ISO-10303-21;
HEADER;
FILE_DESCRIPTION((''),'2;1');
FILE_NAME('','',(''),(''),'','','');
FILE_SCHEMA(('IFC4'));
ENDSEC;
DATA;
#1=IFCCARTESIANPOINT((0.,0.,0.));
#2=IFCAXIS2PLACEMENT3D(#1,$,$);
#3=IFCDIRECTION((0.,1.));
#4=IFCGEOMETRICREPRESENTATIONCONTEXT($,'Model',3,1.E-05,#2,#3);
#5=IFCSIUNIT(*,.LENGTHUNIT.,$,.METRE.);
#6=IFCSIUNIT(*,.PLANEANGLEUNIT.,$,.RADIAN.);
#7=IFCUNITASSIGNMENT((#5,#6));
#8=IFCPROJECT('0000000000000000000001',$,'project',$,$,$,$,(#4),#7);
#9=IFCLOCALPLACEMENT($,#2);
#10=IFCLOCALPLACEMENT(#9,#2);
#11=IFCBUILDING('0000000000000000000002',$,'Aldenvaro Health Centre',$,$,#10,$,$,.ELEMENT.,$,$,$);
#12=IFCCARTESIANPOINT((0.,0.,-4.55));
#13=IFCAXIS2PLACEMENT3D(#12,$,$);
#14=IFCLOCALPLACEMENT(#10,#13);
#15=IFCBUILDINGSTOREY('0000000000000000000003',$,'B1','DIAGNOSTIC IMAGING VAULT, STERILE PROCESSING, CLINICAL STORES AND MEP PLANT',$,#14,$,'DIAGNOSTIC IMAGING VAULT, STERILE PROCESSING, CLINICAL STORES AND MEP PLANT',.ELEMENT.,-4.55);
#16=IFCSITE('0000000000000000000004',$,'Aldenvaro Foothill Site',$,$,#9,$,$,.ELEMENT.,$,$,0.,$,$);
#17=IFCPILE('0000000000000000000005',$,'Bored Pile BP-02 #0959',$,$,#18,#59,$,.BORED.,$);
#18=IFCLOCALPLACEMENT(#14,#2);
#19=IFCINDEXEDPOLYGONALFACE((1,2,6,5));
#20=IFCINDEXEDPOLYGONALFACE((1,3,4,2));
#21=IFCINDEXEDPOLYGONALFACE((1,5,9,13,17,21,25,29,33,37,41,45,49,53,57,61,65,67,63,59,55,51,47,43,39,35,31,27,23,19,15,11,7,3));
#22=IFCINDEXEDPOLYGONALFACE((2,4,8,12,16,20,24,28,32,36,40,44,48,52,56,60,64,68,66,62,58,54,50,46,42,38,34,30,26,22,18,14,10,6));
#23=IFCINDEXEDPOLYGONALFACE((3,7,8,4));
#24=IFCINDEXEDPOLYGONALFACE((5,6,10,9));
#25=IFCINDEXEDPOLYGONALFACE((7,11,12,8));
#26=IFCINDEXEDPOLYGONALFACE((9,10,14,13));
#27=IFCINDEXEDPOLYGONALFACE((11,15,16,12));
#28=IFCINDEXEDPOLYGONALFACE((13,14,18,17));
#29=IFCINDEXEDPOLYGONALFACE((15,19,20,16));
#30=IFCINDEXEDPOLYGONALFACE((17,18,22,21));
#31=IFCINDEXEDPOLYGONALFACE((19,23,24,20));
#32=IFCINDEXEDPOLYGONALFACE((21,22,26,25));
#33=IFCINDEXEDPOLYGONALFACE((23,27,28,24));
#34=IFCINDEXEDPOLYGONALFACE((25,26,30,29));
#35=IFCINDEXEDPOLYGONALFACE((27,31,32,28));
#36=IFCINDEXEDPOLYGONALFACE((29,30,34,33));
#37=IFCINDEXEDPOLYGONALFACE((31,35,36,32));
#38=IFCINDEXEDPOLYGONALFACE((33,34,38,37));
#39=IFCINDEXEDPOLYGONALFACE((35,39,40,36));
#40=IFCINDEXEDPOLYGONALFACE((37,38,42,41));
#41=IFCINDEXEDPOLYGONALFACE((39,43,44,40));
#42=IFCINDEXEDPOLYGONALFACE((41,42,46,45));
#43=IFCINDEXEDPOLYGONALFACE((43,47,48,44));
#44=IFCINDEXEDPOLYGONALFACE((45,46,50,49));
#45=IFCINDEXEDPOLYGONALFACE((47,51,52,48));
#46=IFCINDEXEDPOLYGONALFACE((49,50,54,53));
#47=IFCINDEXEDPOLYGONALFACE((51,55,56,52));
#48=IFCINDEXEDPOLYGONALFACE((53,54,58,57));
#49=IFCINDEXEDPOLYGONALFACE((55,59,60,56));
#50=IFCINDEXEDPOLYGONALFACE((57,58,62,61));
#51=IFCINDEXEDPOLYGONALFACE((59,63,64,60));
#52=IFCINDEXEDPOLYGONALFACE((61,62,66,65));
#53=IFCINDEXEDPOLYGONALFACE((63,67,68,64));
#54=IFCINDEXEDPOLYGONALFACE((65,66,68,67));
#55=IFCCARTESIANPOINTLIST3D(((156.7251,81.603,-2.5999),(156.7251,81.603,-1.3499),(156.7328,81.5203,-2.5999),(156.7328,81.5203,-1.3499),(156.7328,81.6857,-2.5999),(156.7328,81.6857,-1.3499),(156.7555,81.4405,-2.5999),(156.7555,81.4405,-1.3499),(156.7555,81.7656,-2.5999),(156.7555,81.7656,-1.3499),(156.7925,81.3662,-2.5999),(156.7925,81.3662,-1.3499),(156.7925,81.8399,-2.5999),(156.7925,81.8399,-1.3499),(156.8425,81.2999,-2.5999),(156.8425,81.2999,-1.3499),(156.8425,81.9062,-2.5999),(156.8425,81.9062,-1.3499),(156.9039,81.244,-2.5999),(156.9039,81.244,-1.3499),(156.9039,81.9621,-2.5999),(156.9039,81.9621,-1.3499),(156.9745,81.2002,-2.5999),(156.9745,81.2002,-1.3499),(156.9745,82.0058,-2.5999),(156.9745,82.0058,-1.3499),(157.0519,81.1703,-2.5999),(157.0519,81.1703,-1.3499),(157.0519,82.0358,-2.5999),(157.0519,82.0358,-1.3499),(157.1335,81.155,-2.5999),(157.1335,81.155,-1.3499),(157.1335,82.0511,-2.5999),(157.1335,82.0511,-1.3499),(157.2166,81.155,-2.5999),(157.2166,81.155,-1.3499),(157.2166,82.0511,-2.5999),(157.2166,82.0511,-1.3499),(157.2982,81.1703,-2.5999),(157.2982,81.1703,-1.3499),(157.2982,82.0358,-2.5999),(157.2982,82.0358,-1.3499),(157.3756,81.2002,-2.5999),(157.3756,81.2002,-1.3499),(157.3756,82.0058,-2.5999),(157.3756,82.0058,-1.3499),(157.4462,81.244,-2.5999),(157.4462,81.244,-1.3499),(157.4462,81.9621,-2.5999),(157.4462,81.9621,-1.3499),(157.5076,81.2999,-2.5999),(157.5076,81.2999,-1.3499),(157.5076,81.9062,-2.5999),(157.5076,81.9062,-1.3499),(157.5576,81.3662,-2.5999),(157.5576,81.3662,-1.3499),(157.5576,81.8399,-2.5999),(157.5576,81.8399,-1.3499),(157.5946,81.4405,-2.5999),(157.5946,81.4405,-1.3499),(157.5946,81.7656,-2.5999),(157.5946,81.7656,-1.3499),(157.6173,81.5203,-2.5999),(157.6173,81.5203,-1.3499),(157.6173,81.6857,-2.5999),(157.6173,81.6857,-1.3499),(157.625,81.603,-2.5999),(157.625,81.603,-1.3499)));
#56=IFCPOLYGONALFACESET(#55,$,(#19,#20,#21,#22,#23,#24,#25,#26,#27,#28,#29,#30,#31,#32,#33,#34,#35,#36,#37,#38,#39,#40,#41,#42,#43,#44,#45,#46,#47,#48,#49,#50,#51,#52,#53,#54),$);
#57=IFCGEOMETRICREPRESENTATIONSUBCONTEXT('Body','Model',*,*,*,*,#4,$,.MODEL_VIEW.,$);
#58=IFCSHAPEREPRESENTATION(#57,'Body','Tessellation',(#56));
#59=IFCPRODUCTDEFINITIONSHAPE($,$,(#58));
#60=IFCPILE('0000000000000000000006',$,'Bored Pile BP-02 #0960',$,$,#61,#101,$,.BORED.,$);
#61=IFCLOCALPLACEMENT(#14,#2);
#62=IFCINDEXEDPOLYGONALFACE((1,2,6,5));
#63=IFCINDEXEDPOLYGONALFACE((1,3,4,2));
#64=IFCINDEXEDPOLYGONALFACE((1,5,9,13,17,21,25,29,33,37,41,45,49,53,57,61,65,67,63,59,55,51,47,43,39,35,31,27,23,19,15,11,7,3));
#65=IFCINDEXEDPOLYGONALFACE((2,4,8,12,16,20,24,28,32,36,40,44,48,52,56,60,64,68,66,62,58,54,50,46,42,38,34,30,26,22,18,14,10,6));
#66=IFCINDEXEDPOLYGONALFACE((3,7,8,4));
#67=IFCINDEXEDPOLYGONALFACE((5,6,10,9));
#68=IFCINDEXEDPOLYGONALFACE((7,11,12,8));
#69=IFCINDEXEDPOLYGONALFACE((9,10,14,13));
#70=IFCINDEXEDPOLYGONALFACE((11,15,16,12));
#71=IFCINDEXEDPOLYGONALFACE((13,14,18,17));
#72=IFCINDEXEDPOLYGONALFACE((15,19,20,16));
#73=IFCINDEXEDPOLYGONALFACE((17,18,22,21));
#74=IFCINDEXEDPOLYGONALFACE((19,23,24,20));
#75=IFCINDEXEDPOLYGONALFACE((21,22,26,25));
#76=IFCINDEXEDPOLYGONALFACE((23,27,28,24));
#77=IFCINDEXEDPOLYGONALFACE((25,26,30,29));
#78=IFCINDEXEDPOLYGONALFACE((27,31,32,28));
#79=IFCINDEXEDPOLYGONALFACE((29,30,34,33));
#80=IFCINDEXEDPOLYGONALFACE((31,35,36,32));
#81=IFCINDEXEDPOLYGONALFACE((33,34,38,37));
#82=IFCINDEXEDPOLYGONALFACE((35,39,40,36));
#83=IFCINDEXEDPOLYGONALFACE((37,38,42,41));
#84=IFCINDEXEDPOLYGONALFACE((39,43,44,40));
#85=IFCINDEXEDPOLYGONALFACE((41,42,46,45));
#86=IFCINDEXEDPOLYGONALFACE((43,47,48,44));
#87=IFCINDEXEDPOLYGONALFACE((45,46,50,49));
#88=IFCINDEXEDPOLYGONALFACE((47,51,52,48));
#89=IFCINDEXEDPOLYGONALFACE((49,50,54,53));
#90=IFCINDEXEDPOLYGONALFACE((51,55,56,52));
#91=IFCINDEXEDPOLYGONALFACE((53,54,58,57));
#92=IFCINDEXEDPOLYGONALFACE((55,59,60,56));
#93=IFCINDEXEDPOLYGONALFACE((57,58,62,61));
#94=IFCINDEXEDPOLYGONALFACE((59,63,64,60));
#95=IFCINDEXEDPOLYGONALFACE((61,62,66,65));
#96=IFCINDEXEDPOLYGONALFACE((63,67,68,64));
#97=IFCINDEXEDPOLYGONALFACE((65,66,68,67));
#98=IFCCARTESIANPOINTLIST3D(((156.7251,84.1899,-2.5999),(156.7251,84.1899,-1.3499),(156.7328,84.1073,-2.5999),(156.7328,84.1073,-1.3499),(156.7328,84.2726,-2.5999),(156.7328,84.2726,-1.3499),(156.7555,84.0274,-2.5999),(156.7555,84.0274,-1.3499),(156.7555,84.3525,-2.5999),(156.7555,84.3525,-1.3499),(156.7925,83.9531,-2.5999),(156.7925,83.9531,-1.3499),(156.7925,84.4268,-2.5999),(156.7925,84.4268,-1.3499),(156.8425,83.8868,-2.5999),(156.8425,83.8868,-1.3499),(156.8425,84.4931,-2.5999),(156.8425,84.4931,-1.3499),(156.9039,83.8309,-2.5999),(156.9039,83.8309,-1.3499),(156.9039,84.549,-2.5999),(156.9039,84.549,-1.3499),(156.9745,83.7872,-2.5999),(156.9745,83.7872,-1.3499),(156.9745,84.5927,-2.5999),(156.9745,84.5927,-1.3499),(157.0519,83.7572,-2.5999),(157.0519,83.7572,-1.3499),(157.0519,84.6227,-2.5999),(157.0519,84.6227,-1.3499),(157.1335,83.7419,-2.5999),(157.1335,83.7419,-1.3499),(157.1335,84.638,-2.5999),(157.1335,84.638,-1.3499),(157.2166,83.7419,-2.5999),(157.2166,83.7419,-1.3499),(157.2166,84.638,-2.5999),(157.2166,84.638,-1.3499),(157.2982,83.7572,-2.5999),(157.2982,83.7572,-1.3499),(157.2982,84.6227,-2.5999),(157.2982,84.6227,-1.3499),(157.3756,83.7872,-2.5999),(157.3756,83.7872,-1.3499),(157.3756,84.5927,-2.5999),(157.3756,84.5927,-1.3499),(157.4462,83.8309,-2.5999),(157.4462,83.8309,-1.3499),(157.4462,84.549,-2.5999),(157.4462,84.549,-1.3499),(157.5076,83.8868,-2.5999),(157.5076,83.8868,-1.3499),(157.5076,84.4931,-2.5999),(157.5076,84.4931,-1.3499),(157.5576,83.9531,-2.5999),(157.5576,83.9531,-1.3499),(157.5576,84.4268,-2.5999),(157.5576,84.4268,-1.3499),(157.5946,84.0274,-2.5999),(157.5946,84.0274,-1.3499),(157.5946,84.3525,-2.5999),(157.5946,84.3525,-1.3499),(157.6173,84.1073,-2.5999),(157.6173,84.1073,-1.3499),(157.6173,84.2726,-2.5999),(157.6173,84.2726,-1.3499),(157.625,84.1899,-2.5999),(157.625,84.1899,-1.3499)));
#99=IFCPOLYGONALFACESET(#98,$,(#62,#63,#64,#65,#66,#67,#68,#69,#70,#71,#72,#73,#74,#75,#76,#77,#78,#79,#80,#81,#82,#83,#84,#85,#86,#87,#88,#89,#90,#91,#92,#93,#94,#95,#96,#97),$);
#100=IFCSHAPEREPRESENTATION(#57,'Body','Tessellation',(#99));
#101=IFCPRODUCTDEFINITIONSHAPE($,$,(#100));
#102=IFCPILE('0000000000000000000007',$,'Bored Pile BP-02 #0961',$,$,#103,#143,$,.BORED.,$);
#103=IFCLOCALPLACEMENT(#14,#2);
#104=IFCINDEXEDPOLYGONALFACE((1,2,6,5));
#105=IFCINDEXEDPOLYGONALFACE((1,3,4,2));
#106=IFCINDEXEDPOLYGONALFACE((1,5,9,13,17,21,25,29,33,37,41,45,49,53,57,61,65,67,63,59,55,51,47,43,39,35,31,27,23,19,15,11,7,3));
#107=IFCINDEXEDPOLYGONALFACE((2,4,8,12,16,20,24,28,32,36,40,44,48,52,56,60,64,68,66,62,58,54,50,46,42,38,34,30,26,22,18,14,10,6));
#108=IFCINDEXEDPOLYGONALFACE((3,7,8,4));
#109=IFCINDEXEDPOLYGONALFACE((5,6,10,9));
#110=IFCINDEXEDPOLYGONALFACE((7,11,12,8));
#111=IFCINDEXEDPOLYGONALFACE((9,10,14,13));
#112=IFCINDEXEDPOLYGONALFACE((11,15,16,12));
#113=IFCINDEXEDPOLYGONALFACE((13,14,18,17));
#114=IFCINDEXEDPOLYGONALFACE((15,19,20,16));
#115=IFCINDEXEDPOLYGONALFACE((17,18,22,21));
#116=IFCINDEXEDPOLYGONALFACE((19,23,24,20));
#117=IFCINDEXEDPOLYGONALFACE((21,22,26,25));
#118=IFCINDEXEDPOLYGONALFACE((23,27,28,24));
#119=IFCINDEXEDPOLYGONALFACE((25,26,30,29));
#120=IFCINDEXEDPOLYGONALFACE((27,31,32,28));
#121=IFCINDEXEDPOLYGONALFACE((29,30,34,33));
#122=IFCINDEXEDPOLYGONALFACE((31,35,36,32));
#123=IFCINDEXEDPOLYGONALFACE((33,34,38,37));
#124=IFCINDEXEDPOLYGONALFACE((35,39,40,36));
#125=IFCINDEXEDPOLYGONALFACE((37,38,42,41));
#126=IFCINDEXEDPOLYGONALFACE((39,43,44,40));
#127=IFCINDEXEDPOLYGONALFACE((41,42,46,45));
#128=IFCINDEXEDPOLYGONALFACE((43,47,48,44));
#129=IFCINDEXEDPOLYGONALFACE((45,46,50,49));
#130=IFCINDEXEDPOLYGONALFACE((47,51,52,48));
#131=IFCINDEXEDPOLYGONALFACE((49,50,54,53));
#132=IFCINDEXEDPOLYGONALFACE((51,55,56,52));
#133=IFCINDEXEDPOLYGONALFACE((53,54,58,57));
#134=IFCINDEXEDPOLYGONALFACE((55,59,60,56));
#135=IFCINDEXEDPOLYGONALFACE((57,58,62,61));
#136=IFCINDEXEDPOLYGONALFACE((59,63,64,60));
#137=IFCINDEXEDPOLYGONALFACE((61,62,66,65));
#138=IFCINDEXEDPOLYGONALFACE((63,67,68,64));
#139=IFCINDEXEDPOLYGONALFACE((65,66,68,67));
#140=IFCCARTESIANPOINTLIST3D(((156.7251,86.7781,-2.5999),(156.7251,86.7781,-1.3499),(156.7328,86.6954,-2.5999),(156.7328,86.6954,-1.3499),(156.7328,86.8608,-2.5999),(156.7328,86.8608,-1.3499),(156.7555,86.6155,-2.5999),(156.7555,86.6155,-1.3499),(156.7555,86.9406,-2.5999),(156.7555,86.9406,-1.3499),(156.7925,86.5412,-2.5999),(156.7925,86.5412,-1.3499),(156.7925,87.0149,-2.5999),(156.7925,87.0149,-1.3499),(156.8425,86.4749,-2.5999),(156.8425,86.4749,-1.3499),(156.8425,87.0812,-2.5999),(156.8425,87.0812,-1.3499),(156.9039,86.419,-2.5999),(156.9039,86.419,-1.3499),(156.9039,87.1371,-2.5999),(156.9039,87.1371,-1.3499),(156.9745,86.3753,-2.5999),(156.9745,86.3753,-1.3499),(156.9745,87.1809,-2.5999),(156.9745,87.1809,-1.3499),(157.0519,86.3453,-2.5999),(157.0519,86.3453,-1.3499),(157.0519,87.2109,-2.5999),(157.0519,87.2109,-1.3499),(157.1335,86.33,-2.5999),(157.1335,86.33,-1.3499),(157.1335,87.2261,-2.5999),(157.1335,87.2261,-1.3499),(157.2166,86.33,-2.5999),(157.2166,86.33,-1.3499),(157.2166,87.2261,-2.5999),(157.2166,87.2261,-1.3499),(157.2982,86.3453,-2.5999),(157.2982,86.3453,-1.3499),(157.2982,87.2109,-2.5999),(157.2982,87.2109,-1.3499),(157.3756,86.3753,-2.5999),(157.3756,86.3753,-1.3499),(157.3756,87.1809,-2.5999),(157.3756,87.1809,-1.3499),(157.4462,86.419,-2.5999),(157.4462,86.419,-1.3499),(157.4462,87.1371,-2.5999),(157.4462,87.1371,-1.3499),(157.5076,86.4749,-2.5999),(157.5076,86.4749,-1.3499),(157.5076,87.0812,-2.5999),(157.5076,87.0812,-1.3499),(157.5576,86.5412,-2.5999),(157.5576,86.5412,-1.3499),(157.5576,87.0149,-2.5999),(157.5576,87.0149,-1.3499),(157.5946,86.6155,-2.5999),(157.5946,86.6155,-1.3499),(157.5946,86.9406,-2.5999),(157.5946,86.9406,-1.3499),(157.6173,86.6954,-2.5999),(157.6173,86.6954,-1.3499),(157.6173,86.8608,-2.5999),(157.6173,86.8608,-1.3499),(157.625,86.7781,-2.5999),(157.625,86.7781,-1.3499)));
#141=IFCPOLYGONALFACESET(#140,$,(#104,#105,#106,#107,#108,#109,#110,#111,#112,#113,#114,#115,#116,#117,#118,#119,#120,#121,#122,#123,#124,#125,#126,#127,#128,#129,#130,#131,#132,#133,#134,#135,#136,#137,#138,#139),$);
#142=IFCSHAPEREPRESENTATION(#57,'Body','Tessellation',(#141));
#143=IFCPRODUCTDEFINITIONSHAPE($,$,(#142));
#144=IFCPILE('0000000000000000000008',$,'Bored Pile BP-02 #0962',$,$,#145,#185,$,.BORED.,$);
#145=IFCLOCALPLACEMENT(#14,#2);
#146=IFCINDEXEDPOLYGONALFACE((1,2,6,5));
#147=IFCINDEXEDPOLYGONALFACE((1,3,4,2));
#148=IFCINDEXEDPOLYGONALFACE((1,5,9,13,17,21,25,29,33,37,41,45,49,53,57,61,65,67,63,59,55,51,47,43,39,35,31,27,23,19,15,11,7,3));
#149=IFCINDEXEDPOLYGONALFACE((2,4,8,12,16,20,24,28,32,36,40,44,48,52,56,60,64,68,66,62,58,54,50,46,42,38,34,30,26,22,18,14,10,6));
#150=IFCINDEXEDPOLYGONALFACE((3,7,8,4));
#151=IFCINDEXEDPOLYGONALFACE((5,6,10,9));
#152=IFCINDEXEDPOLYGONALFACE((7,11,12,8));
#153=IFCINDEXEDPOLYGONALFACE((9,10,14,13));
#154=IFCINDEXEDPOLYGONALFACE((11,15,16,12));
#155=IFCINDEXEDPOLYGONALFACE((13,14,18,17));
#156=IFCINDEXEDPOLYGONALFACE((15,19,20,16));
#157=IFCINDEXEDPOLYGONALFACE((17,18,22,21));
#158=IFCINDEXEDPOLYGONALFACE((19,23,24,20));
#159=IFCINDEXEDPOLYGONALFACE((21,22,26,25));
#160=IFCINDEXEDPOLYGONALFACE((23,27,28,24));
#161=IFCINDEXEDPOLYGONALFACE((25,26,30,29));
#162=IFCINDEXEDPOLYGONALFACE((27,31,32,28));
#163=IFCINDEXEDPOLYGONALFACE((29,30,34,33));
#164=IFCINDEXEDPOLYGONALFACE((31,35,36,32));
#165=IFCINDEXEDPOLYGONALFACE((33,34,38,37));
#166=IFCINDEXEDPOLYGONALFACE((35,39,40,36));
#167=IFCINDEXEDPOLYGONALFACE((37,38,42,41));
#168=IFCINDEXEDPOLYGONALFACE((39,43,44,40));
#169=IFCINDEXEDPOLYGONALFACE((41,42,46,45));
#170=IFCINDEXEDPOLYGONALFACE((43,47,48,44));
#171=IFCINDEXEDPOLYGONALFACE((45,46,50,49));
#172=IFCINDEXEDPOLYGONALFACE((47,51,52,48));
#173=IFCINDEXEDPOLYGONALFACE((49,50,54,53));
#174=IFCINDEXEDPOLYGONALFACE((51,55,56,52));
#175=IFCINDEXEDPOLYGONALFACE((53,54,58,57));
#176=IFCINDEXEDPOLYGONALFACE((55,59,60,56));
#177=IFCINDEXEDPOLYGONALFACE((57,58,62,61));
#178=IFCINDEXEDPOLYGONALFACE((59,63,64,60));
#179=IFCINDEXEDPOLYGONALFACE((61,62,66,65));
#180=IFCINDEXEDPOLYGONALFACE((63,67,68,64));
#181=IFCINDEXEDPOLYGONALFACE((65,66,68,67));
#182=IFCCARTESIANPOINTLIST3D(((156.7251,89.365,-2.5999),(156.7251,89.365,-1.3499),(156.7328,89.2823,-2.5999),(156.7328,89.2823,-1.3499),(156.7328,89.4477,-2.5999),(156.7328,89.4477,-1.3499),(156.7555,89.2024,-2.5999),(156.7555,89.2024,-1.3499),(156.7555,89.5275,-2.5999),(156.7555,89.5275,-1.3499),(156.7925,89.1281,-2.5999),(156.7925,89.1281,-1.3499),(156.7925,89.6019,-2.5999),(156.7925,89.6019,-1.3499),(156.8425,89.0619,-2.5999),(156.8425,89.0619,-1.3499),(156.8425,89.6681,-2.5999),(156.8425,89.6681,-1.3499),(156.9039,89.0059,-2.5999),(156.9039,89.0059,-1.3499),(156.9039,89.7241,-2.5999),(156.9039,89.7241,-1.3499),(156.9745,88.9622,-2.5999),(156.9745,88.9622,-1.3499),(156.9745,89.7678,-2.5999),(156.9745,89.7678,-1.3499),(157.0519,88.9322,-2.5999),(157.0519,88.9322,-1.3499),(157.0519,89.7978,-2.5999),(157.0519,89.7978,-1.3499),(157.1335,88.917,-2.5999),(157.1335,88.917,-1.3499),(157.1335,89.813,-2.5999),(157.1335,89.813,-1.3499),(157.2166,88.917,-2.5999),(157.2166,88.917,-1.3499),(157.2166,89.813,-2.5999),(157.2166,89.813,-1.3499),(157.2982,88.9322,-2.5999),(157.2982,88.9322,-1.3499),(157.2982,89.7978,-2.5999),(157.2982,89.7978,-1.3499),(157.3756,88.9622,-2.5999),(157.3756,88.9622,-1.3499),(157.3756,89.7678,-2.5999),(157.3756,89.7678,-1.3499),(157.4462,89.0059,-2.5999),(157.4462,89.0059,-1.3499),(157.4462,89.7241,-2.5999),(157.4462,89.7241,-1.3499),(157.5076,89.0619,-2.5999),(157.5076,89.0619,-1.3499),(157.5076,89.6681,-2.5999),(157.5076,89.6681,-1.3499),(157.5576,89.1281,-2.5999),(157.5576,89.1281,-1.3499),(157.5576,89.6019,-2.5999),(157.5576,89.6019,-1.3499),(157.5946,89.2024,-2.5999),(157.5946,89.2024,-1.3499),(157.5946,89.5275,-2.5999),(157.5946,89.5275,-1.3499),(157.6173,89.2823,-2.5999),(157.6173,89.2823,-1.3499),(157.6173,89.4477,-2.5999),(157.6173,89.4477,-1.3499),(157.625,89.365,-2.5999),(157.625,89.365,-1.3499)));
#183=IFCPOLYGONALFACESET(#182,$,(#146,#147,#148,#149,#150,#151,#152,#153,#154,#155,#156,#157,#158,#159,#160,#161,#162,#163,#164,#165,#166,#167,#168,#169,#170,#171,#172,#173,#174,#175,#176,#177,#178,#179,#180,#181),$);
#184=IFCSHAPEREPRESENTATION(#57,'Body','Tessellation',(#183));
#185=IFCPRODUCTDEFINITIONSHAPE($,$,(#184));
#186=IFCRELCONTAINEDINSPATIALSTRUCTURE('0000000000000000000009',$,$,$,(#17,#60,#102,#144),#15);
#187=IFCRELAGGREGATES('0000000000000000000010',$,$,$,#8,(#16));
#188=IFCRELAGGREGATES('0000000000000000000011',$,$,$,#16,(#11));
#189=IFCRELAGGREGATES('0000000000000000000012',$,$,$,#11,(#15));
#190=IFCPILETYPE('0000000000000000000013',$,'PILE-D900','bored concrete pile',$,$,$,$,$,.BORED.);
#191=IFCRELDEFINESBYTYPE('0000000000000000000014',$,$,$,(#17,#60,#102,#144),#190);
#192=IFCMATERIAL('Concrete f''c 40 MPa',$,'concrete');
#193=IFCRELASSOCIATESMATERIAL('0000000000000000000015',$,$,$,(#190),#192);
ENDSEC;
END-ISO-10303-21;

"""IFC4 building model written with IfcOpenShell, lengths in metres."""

from ifc_helpers import new_model, si_unit, direction, frame, origin, origin_2d, place, context, subcontext, project, spatial, circle, extrude, material, material_profile, profile_set, type_object, element, save


model = new_model("IFC4")

# Units and contexts
model_context = context("Model", 3, precision=1e-05, world=origin(), true_north=direction((0.0, 1.0)))
body_context = subcontext(model_context, "Body", "Model", "MODEL_VIEW")
ifc_project = project(units=[si_unit("LENGTHUNIT", "METRE"), si_unit("PLANEANGLEUNIT", "RADIAN")], contexts=[model_context])

# Site, building, storey
site_placement = place(None, origin())
site = spatial("IfcSite", under=ifc_project, at=site_placement, Name="Aldenvaro Foothill Site", CompositionType="ELEMENT", RefElevation=0.0)
building_placement = place(site_placement, origin())
building = spatial("IfcBuilding", under=site, at=building_placement, Name="Aldenvaro Health Centre", CompositionType="ELEMENT")
storey_placement = place(building_placement, frame((0.0, 0.0, -4.55)))
storey = spatial("IfcBuildingStorey", under=building, at=storey_placement, Name="B1", Description="DIAGNOSTIC IMAGING VAULT, STERILE PROCESSING, CLINICAL STORES AND MEP PLANT", LongName="DIAGNOSTIC IMAGING VAULT, STERILE PROCESSING, CLINICAL STORES AND MEP PLANT", CompositionType="ELEMENT", Elevation=-4.55)

# Piles
ifc_material_1 = material(Name="Concrete f'c 40 MPa", Category="concrete")
ifc_material_profile_1 = material_profile(ifc_material_1, circle(Radius=0.45, at=origin_2d()), Name="PILE D900", Category="concrete")
ifc_profile_set_1 = profile_set([ifc_material_profile_1], Name="Concrete f'c 40 MPa")
pile_type = type_object("IfcPileType", Name="PILE-D900", Description="bored concrete pile", PredefinedType="BORED", material=ifc_profile_set_1)
for number, where, z_axis, x_axis, name in (
    (1, (157.175, 81.603, -1.3499), (0.0, 0.0, -1.0), (1.0, 0.0, 0.0), "Bored Pile BP-02 #0959"),
    (2, (157.175, 84.1899, -1.3499), (0.0, 0.0, -1.0), (1.0, 0.0, 0.0), "Bored Pile BP-02 #0960"),
    (3, (157.175, 86.7781, -1.3499), (0.0, 0.0, -1.0), (1.0, 0.0, 0.0), "Bored Pile BP-02 #0961"),
    (4, (157.175, 89.365, -1.3499), (0.0, 0.0, -1.0), (1.0, 0.0, 0.0), "Bored Pile BP-02 #0962"),
):
    element("IfcPile", number, at=place(storey_placement, frame(where, z_axis=z_axis, x_axis=x_axis)), inside=storey, type_object=pile_type, Name=name, PredefinedType="BORED", context=body_context, shape_type="SweptSolid", body=[
        extrude(circle(Radius=0.45, at=origin_2d()), origin(), (0.0, 0.0, 1.0), 1.25),
    ])

save(model, "model.ifc")
